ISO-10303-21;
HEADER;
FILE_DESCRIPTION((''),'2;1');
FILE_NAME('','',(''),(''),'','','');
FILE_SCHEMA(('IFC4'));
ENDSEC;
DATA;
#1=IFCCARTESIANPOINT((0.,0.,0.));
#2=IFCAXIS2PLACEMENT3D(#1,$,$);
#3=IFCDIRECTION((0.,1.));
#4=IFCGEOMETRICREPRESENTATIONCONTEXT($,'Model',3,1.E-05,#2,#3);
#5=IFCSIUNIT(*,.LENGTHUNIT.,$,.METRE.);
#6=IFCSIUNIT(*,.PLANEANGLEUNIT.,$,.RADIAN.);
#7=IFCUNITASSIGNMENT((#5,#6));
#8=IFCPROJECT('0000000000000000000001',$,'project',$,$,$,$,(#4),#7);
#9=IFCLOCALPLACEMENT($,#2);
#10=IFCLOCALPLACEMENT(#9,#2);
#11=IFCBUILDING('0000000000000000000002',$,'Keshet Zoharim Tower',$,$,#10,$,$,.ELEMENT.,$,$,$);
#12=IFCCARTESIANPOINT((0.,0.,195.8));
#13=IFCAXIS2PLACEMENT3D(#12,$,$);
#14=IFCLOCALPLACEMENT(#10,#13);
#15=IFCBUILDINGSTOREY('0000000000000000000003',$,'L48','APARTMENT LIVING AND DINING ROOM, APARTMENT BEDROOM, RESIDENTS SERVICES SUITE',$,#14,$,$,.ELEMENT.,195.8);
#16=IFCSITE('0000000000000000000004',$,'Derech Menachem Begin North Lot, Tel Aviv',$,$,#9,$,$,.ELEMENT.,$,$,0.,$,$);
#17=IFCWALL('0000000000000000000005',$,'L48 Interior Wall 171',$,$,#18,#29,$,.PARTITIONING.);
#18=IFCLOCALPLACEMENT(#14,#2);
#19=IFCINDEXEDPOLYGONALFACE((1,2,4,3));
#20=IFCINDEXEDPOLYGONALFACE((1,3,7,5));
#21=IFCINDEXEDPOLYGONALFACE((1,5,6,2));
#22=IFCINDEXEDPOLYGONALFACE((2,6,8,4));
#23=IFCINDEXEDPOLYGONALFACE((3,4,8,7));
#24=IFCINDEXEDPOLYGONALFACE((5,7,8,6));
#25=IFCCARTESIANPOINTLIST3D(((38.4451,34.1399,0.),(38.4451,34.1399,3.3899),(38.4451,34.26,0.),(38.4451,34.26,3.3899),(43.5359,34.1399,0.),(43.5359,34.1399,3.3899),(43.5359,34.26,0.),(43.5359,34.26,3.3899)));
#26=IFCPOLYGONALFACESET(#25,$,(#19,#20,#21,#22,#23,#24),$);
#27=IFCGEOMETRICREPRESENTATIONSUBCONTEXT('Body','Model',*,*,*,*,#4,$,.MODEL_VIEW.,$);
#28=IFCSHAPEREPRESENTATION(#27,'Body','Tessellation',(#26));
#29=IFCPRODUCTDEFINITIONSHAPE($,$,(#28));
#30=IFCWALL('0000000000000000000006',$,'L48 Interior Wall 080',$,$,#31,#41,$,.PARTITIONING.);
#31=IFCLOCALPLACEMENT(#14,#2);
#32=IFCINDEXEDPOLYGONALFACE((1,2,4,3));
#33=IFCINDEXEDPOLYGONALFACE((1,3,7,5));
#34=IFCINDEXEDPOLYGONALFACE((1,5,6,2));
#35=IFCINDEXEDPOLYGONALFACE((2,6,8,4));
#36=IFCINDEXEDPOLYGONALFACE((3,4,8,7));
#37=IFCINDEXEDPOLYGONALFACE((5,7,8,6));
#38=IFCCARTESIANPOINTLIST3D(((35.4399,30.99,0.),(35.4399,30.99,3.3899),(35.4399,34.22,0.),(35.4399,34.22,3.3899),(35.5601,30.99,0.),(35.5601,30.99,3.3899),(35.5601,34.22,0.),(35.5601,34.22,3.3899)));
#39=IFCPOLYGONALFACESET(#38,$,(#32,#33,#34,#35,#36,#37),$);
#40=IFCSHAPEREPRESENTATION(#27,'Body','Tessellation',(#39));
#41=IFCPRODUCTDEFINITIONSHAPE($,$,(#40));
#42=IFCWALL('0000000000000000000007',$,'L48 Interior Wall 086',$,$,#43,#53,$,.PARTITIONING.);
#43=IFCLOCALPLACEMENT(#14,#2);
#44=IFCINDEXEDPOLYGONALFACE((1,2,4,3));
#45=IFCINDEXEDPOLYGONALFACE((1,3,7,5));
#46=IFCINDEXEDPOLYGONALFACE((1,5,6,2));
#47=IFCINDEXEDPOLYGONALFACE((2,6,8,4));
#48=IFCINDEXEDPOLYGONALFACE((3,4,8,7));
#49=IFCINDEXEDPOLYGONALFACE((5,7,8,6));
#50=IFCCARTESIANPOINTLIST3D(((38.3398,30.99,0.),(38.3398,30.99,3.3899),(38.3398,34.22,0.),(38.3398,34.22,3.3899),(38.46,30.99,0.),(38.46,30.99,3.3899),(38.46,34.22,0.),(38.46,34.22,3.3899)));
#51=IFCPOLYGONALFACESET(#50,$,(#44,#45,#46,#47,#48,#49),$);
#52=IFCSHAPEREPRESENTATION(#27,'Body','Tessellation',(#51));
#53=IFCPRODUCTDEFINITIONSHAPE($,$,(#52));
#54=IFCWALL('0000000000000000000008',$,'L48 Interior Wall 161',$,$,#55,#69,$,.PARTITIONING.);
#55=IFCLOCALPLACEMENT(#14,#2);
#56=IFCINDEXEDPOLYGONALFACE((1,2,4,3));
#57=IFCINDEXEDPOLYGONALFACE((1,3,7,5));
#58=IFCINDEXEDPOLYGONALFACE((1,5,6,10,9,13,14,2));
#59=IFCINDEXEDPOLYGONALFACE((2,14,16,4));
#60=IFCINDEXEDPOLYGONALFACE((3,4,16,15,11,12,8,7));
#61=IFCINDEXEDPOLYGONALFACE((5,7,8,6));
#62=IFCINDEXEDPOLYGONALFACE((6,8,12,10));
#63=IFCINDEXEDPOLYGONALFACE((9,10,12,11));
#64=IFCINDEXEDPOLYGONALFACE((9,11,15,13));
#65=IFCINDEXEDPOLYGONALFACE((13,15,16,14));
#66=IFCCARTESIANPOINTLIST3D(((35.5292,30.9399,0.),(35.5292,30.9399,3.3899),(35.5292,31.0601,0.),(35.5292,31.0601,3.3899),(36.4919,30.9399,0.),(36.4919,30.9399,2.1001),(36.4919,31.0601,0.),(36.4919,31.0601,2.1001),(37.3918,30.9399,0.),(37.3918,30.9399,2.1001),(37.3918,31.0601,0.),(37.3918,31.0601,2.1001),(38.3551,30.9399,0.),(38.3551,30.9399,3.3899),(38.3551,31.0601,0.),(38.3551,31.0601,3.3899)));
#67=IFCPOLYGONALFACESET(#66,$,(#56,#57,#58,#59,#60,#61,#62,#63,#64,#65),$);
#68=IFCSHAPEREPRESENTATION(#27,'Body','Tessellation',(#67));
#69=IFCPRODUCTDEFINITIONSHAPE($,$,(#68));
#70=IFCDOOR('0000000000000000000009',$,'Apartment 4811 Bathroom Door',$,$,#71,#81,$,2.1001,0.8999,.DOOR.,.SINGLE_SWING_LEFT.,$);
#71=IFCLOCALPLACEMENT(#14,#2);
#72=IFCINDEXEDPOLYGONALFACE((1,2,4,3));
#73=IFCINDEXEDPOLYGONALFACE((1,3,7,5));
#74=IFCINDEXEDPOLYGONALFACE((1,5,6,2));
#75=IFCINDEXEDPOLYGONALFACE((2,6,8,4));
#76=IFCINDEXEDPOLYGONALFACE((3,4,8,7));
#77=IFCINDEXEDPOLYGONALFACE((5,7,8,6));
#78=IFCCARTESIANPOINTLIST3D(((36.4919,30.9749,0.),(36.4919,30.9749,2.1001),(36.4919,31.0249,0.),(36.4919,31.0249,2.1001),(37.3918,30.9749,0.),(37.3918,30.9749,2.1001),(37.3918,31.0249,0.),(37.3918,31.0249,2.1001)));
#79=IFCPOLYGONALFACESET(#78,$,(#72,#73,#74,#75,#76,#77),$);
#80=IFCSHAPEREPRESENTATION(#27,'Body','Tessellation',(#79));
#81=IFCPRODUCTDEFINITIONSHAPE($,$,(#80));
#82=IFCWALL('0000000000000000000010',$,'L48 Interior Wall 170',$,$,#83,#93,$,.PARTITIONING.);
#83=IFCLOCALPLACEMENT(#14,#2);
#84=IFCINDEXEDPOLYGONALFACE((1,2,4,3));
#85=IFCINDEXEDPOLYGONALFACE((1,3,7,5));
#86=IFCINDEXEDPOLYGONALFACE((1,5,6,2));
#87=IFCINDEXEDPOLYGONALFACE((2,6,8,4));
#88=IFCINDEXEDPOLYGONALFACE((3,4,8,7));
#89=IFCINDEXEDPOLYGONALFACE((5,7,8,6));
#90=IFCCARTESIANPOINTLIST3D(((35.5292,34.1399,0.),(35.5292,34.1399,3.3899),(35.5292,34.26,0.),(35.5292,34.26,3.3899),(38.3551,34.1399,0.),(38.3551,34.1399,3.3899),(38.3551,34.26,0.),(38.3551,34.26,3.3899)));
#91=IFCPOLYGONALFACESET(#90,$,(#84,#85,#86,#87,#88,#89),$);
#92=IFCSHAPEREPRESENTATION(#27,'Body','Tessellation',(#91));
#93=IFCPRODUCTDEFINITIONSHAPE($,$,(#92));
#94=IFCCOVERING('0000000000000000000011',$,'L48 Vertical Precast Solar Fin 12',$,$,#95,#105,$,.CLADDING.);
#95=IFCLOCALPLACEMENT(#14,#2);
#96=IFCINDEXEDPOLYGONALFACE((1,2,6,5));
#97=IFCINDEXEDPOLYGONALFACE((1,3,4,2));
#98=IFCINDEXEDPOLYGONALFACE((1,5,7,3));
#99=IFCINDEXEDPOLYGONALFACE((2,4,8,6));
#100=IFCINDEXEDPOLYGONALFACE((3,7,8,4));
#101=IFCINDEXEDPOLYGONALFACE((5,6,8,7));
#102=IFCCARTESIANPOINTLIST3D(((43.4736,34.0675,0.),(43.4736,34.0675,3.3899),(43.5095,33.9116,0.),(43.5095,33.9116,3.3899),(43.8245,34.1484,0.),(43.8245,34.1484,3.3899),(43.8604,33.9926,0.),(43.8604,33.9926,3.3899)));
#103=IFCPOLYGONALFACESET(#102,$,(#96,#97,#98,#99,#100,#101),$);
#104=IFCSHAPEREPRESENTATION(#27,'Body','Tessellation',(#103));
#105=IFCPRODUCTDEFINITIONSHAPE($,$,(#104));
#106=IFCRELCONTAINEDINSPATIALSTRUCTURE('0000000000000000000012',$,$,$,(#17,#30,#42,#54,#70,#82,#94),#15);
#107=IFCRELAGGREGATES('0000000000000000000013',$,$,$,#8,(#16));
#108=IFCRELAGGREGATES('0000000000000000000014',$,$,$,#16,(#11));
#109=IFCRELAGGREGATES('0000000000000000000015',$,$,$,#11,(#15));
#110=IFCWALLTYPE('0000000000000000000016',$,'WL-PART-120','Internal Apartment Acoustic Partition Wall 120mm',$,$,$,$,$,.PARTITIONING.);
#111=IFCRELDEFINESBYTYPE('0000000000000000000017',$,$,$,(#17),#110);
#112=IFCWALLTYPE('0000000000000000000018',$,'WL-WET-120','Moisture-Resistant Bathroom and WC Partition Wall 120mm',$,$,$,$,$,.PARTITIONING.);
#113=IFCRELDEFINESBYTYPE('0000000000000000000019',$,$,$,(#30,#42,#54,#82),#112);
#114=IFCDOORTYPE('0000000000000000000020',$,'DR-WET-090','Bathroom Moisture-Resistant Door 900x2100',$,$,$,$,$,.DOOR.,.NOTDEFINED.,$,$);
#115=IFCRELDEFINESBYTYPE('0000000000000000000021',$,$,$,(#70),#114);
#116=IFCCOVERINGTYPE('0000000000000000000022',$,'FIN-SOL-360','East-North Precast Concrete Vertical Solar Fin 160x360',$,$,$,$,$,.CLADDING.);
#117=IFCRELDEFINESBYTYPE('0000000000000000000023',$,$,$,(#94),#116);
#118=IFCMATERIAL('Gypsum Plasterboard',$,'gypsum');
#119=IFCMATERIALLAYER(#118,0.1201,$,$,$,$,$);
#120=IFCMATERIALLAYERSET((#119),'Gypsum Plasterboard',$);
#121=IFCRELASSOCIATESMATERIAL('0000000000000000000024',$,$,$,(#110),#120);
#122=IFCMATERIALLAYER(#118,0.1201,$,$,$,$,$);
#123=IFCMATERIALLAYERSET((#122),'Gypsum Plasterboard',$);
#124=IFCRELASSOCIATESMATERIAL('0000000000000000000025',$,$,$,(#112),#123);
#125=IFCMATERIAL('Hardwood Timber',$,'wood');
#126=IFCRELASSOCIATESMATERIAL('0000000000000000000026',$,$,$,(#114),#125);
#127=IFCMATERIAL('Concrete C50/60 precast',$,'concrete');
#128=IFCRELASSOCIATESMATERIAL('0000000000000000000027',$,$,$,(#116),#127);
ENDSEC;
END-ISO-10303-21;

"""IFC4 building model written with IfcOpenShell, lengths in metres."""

from ifc_helpers import new_model, si_unit, direction, frame, frame_2d, origin, origin_2d, place, context, subcontext, project, spatial, rectangle, extrude, material, layer, layer_set, type_object, element, fill, save


model = new_model("IFC4")

# Units and contexts
model_context = context("Model", 3, precision=1e-05, world=origin(), true_north=direction((0.0, 1.0)))
body_context = subcontext(model_context, "Body", "Model", "MODEL_VIEW")
ifc_project = project(units=[si_unit("LENGTHUNIT", "METRE"), si_unit("PLANEANGLEUNIT", "RADIAN")], contexts=[model_context])

# Site, building, storey
site_placement = place(None, origin())
site = spatial("IfcSite", under=ifc_project, at=site_placement, Name="Derech Menachem Begin North Lot, Tel Aviv", CompositionType="ELEMENT", RefElevation=0.0)
building_placement = place(site_placement, origin())
building = spatial("IfcBuilding", under=site, at=building_placement, Name="Keshet Zoharim Tower", CompositionType="ELEMENT")
storey_placement = place(building_placement, frame((0.0, 0.0, 195.8)))
storey = spatial("IfcBuildingStorey", under=building, at=storey_placement, Name="L48", Description="APARTMENT LIVING AND DINING ROOM, APARTMENT BEDROOM, RESIDENTS SERVICES SUITE", CompositionType="ELEMENT", Elevation=195.8)

# Shared definitions
ifc_material_1 = material(Name="Gypsum Plasterboard", Category="gypsum")
ifc_material_2 = material(Name="Hardwood Timber", Category="wood")

# Shared definitions
ifc_layer_1 = layer(ifc_material_1, 0.1201)
ifc_layer_set_1 = layer_set([ifc_layer_1], Name="Gypsum Plasterboard")
wall_type_1 = type_object("IfcWallType", Name="WL-PART-120", Description="Internal Apartment Acoustic Partition Wall 120mm", PredefinedType="PARTITIONING", material=ifc_layer_set_1)

# Walls
wall_1_placement = place(storey_placement, frame((38.4451, 34.2, 0.0), z_axis=(0.0, 0.0, 1.0), x_axis=(1.0, 0.0, 0.0)))
element("IfcWall", 1, at=wall_1_placement, inside=storey, type_object=wall_type_1, Name="L48 Interior Wall 171", PredefinedType="PARTITIONING", context=body_context, shape_type="SweptSolid", body=[
    extrude(rectangle(XDim=5.0908, YDim=0.1201, at=frame_2d((2.5454, 0.0))), origin(), (0.0, 0.0, 1.0), 3.3899),
])
ifc_layer_2 = layer(ifc_material_1, 0.1201)
ifc_layer_set_2 = layer_set([ifc_layer_2], Name="Gypsum Plasterboard")
wall_type_2 = type_object("IfcWallType", Name="WL-WET-120", Description="Moisture-Resistant Bathroom and WC Partition Wall 120mm", PredefinedType="PARTITIONING", material=ifc_layer_set_2)
for number, where, z_axis, x_axis, name in (
    (2, (35.5, 30.99, 0.0), (0.0, 0.0, 1.0), (0.0, 1.0, 0.0), "L48 Interior Wall 080"),
    (3, (38.3999, 30.99, 0.0), (0.0, 0.0, 1.0), (0.0, 1.0, 0.0), "L48 Interior Wall 086"),
):
    element("IfcWall", number, at=place(storey_placement, frame(where, z_axis=z_axis, x_axis=x_axis)), inside=storey, type_object=wall_type_2, Name=name, PredefinedType="PARTITIONING", context=body_context, shape_type="SweptSolid", body=[
        extrude(rectangle(XDim=3.23, YDim=0.1201, at=frame_2d((1.615, 0.0))), origin(), (0.0, 0.0, 1.0), 3.3899),
    ])

# Wall, opening, door
wall_2_placement = place(storey_placement, frame((35.5291, 31.0, 0.0), z_axis=(0.0, 0.0, 1.0), x_axis=(1.0, 0.0, 0.0)))
wall_2 = element("IfcWall", 4, at=wall_2_placement, inside=storey, type_object=wall_type_2, Name="L48 Interior Wall 161", PredefinedType="PARTITIONING", context=body_context, shape_type="SweptSolid", body=[
    extrude(rectangle(XDim=2.8259, YDim=0.1201, at=frame_2d((1.4131, 0.0))), origin(), (0.0, 0.0, 1.0), 3.3899),
])
opening_1_placement = place(wall_2_placement, frame((0.9629, 0.0, 0.0)))
opening_1 = element("IfcOpeningElement", 5, at=opening_1_placement, cuts=wall_2, PredefinedType="OPENING", context=body_context, shape_type="SweptSolid", body=[
    extrude(rectangle(XDim=0.8999, YDim=2.1001, at=frame_2d((0.45, 1.05))), frame((0.0, 0.0701, 0.0), z_axis=(0.0, -1.0, 0.0), x_axis=(1.0, 0.0, 0.0)), (0.0, 0.0, 1.0), 0.1401),
])
door_type_1 = type_object("IfcDoorType", Name="DR-WET-090", Description="Bathroom Moisture-Resistant Door 900x2100", OperationType="NOTDEFINED", PredefinedType="DOOR", material=ifc_material_2)
door_1_placement = place(opening_1_placement, origin())
door_1 = element("IfcDoor", 6, at=door_1_placement, inside=storey, type_object=door_type_1, Name="Apartment 4811 Bathroom Door", OperationType="SINGLE_SWING_LEFT", OverallHeight=2.1001, OverallWidth=0.8999, PredefinedType="DOOR", context=body_context, shape_type="SweptSolid", body=[
    extrude(rectangle(XDim=0.8999, YDim=2.1001, at=frame_2d((0.45, 1.05))), frame((0.0, 0.0249, 0.0), z_axis=(0.0, -1.0, 0.0), x_axis=(1.0, 0.0, 0.0)), (0.0, 0.0, 1.0), 0.05),
])
fill(opening_1, door_1)

# Wall
wall_3_placement = place(storey_placement, frame((35.5291, 34.2, 0.0), z_axis=(0.0, 0.0, 1.0), x_axis=(1.0, 0.0, 0.0)))
element("IfcWall", 7, at=wall_3_placement, inside=storey, type_object=wall_type_2, Name="L48 Interior Wall 170", PredefinedType="PARTITIONING", context=body_context, shape_type="SweptSolid", body=[
    extrude(rectangle(XDim=2.8259, YDim=0.1201, at=frame_2d((1.4131, 0.0))), origin(), (0.0, 0.0, 1.0), 3.3899),
])

# Covering
ifc_material_3 = material(Name="Concrete C50/60 precast", Category="concrete")
covering_type = type_object("IfcCoveringType", Name="FIN-SOL-360", Description="East-North Precast Concrete Vertical Solar Fin 160x360", PredefinedType="CLADDING", material=ifc_material_3)
covering_placement = place(storey_placement, frame((43.667, 34.03, 0.0), z_axis=(0.0, 0.0, 1.0), x_axis=(0.224848, -0.974394, 0.0)))
element("IfcCovering", 8, at=covering_placement, inside=storey, type_object=covering_type, Name="L48 Vertical Precast Solar Fin 12", PredefinedType="CLADDING", context=body_context, shape_type="SweptSolid", body=[
    extrude(rectangle(XDim=0.1599, YDim=0.3601, at=origin_2d()), origin(), (0.0, 0.0, 1.0), 3.3899),
])

save(model, "model.ifc")
